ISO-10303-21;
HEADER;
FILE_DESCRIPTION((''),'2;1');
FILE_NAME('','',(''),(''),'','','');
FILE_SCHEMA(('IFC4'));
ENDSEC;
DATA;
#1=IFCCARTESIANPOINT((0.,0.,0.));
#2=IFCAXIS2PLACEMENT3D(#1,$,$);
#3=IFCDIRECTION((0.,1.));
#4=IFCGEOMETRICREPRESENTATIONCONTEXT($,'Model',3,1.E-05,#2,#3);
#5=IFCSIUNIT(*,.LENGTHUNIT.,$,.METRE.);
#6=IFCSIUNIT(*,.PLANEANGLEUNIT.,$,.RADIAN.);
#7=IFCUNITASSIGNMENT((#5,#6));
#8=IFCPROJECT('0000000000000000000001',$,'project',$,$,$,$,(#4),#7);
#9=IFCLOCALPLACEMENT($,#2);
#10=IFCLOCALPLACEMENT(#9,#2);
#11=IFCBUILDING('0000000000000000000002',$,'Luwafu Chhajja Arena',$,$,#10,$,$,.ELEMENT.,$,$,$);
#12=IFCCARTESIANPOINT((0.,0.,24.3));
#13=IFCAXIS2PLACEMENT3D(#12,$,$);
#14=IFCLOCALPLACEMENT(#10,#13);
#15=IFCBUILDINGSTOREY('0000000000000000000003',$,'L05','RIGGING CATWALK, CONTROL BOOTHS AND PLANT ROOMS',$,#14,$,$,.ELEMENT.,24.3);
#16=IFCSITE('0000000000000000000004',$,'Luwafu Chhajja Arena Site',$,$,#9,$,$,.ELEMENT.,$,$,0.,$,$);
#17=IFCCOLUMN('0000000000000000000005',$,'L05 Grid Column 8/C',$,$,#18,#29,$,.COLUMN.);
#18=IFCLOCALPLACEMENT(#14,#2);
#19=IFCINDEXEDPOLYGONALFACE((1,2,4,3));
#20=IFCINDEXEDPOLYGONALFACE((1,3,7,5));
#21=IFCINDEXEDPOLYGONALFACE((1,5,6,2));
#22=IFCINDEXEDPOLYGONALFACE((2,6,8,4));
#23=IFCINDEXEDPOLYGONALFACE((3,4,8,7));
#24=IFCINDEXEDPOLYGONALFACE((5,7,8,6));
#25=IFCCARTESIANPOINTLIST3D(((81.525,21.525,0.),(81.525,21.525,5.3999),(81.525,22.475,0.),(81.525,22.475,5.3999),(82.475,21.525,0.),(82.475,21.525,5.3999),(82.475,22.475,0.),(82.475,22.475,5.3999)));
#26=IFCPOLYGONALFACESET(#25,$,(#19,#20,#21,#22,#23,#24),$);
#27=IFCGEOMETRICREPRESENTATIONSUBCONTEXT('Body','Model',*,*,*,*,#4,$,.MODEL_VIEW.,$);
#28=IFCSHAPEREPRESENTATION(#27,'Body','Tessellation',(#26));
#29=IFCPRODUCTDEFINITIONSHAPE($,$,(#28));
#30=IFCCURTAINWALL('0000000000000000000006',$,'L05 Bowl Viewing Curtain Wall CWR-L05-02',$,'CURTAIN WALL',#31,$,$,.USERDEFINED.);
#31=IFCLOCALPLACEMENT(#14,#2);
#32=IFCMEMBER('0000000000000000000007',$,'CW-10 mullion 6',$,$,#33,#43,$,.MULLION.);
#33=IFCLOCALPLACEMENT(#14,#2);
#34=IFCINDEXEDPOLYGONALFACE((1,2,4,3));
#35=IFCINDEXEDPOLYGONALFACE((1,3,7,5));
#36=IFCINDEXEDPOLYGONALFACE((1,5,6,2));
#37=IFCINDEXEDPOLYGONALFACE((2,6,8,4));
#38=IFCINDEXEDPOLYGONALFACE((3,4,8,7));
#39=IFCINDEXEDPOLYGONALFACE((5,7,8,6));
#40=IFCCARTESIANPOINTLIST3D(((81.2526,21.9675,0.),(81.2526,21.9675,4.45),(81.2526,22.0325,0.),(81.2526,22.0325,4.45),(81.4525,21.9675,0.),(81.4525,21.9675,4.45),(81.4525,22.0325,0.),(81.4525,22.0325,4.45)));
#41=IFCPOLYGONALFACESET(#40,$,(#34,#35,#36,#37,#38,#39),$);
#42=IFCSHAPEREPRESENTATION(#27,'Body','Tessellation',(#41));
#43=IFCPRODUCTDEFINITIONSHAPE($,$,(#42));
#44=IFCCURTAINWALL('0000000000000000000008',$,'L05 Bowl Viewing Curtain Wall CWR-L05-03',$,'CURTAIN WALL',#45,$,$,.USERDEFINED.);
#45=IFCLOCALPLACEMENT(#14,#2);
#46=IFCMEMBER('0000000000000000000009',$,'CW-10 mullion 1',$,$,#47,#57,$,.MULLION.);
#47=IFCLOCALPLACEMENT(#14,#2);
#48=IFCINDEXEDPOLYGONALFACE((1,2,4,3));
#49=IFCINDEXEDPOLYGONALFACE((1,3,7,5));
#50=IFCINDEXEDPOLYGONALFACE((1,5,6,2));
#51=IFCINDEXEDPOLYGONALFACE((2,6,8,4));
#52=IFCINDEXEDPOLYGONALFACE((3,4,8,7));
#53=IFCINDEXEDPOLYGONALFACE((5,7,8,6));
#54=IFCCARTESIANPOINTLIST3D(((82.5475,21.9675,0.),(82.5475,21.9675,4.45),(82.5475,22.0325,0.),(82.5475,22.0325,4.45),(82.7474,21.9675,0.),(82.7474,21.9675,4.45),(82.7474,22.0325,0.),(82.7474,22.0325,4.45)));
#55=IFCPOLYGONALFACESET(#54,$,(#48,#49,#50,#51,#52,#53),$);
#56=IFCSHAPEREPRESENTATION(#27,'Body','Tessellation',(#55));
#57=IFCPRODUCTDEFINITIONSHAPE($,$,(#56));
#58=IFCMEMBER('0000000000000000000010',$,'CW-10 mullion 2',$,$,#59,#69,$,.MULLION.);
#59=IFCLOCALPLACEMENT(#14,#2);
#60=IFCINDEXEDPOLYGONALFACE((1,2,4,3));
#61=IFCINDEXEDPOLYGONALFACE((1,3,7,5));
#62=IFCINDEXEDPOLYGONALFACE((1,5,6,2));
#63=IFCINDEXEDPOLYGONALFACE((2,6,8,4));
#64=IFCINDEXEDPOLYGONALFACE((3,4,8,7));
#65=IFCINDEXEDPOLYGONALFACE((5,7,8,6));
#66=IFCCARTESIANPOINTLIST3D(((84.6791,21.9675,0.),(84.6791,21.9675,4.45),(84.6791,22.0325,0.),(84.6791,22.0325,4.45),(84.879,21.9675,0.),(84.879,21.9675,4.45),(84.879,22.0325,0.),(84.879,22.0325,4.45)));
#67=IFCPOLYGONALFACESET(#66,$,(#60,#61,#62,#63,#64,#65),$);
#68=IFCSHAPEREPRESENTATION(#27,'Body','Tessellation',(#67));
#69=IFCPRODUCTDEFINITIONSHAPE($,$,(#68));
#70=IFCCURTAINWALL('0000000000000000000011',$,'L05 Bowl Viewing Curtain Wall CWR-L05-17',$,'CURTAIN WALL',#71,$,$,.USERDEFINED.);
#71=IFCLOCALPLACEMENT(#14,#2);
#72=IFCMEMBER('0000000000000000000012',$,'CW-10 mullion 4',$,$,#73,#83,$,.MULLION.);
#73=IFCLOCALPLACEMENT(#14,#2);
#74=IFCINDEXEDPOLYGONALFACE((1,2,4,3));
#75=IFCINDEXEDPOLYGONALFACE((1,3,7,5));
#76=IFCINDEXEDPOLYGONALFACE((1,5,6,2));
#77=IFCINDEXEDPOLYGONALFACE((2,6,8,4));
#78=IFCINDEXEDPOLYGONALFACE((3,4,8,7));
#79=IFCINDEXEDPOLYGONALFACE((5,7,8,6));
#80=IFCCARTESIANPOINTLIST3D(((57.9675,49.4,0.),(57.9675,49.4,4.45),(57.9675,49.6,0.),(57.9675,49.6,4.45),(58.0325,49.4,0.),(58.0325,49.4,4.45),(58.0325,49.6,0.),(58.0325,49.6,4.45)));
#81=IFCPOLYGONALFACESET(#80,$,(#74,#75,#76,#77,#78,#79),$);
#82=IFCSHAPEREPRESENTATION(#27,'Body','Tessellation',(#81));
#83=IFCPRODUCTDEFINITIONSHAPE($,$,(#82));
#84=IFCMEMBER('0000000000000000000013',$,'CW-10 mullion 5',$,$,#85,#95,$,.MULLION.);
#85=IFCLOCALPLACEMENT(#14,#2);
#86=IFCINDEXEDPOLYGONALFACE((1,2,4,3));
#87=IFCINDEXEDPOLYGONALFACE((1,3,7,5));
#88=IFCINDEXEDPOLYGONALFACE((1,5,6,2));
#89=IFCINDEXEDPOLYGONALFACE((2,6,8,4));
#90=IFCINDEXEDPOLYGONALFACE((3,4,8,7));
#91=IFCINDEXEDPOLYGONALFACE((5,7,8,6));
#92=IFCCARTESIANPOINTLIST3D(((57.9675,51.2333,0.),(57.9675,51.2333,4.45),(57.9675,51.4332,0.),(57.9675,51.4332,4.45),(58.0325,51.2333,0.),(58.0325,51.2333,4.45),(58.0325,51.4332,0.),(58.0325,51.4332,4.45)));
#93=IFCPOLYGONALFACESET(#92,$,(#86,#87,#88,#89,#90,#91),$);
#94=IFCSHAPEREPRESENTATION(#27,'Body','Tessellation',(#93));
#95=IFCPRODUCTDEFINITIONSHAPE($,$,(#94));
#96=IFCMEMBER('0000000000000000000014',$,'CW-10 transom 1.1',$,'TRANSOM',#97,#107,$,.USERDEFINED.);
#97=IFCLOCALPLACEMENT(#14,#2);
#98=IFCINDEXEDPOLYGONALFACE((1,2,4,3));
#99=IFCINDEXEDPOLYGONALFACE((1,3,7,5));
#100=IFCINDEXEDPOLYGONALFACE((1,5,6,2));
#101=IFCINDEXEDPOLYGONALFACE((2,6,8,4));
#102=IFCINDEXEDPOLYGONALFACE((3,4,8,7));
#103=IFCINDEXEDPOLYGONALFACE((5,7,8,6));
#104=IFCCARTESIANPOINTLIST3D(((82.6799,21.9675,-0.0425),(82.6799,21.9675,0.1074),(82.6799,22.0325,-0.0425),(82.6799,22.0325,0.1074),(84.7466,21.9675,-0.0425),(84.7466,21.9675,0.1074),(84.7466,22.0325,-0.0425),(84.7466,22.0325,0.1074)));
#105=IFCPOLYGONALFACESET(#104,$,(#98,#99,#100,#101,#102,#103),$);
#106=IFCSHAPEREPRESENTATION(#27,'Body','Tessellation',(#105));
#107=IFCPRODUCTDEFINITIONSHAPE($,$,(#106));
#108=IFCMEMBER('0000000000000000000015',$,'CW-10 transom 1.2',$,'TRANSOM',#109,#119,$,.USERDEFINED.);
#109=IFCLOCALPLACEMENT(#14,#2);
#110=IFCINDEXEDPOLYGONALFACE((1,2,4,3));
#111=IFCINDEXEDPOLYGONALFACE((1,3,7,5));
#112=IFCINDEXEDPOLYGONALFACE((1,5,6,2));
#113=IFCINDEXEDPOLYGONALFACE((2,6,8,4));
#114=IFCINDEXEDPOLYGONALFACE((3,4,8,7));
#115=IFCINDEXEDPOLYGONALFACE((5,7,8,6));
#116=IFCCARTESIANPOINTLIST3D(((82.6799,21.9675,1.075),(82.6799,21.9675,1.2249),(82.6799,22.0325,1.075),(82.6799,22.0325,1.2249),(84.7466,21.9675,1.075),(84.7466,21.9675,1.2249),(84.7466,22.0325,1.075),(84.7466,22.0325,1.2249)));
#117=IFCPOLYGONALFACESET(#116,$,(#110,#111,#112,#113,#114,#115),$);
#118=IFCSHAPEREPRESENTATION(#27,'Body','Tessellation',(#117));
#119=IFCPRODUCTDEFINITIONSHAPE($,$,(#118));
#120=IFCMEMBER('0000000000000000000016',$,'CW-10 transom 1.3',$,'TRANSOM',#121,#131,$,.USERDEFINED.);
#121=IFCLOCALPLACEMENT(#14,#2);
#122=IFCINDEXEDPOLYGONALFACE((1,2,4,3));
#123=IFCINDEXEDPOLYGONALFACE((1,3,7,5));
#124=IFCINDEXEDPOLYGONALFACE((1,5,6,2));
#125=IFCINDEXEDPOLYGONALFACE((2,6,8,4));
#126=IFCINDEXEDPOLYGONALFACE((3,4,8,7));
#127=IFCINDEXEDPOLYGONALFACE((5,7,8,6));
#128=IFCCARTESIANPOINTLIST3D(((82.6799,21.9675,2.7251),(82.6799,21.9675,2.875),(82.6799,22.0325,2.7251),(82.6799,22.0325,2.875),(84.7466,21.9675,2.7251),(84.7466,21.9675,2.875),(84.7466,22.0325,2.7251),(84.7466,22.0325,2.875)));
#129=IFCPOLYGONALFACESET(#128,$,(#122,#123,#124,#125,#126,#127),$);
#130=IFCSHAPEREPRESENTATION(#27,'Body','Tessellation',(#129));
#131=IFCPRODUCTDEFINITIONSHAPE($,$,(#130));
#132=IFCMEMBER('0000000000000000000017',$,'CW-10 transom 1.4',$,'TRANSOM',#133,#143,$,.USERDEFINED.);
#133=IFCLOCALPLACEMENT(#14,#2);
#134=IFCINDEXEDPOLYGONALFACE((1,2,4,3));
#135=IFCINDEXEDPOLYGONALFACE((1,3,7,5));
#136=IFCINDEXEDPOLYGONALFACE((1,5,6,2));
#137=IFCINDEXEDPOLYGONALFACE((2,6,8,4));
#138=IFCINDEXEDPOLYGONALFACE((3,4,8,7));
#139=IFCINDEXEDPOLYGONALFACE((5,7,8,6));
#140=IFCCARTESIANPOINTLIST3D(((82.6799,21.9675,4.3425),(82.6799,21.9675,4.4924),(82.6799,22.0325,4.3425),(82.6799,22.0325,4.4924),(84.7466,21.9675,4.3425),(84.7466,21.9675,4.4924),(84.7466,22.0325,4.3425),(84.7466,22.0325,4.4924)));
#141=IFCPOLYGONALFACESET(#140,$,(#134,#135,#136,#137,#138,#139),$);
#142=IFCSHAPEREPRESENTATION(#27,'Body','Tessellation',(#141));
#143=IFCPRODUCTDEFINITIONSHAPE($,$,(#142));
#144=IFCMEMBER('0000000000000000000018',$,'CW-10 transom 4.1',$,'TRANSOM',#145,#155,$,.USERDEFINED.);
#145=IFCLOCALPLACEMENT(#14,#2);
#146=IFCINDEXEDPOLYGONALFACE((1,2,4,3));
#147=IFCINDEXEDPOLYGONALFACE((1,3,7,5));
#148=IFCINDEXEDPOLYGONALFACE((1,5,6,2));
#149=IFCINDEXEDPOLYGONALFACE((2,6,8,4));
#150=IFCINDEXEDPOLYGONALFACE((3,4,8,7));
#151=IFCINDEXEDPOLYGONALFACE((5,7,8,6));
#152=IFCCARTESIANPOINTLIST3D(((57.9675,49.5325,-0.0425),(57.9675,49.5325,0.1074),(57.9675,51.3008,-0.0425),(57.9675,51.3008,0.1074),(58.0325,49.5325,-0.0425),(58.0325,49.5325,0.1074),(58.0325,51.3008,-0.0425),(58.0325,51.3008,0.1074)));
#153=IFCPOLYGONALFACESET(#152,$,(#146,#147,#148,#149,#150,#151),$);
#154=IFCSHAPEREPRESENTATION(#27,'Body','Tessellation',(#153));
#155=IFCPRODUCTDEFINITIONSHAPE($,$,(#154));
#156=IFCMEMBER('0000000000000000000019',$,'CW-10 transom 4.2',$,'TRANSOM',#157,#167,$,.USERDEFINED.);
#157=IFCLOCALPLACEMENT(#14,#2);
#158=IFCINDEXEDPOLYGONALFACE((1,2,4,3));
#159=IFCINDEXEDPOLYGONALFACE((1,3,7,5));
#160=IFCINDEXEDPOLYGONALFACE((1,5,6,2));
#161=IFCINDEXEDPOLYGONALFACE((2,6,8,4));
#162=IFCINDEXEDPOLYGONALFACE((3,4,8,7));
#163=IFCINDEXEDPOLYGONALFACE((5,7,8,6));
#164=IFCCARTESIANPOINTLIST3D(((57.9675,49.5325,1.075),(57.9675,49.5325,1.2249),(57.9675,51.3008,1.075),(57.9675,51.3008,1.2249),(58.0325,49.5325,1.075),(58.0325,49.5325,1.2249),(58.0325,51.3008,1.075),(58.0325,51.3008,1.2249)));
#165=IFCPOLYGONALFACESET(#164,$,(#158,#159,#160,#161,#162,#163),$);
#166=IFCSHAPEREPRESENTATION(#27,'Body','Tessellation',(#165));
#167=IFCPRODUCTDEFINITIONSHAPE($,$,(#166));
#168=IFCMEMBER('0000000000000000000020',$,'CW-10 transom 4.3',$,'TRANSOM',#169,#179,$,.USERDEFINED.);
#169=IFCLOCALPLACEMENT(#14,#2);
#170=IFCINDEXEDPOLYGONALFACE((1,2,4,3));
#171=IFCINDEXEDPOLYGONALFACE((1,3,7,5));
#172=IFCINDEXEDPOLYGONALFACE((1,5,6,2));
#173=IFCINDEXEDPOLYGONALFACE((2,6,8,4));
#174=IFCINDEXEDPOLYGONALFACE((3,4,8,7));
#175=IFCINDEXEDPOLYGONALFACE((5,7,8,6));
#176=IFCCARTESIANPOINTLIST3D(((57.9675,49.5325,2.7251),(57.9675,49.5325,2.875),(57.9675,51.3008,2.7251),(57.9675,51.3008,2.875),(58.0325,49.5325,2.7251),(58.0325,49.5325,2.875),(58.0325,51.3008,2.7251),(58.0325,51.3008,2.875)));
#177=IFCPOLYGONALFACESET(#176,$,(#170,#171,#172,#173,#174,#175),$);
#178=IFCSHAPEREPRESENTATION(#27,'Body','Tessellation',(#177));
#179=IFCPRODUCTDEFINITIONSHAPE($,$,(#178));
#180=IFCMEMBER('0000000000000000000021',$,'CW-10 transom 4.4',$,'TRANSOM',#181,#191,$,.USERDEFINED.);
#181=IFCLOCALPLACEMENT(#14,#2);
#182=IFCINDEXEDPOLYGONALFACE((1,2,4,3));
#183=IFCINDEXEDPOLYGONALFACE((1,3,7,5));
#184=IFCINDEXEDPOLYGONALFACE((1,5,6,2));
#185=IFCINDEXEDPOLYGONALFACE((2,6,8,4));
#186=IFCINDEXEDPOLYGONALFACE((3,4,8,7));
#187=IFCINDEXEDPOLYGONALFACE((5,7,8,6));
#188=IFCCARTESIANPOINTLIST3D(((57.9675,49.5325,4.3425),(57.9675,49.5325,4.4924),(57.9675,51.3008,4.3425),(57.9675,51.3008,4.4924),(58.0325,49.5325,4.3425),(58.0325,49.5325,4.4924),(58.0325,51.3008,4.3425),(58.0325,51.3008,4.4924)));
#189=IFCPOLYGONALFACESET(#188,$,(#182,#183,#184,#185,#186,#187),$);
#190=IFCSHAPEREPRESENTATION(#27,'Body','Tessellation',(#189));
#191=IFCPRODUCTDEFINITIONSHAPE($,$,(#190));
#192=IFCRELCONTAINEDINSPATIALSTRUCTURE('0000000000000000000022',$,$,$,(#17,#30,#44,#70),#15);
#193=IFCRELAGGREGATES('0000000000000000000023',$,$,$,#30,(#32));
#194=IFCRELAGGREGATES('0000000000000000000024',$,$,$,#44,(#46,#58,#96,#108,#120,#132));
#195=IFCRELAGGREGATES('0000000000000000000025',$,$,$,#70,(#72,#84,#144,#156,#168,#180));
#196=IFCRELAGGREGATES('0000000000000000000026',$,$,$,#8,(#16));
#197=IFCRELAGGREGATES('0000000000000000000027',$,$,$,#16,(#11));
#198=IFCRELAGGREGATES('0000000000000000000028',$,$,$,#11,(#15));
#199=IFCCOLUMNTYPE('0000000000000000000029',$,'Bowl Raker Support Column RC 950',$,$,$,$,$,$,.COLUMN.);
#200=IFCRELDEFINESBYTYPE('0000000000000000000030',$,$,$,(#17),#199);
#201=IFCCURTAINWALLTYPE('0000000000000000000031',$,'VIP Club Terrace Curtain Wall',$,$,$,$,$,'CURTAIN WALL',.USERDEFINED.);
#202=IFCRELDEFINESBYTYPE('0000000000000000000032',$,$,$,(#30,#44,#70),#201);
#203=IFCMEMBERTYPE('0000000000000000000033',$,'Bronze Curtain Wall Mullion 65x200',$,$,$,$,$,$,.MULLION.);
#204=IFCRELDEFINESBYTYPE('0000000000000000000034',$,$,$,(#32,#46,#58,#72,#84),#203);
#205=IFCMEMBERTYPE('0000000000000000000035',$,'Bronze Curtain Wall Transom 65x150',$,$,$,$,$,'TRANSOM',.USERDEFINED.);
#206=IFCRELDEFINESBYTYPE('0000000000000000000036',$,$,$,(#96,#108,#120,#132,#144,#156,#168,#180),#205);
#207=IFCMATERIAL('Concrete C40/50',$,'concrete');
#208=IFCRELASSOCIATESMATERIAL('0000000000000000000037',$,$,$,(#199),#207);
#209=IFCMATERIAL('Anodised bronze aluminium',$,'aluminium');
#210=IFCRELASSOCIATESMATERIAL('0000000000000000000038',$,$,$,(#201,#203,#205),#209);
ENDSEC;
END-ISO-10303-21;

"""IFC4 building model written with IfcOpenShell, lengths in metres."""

from ifc_helpers import new_model, si_unit, direction, frame, origin, origin_2d, place, context, subcontext, project, spatial, rectangle, extrude, material, material_profile, profile_set, type_object, element, aggregate, save


model = new_model("IFC4")

# Units and contexts
model_context = context("Model", 3, precision=1e-05, world=origin(), true_north=direction((0.0, 1.0)))
body_context = subcontext(model_context, "Body", "Model", "MODEL_VIEW")
ifc_project = project(units=[si_unit("LENGTHUNIT", "METRE"), si_unit("PLANEANGLEUNIT", "RADIAN")], contexts=[model_context])

# Site, building, storey
site_placement = place(None, origin())
site = spatial("IfcSite", under=ifc_project, at=site_placement, Name="Luwafu Chhajja Arena Site", CompositionType="ELEMENT", RefElevation=0.0)
building_placement = place(site_placement, origin())
building = spatial("IfcBuilding", under=site, at=building_placement, Name="Luwafu Chhajja Arena", CompositionType="ELEMENT")
storey_placement = place(building_placement, frame((0.0, 0.0, 24.3)))
storey = spatial("IfcBuildingStorey", under=building, at=storey_placement, Name="L05", Description="RIGGING CATWALK, CONTROL BOOTHS AND PLANT ROOMS", CompositionType="ELEMENT", Elevation=24.3)

# Column
ifc_material_1 = material(Name="Concrete C40/50", Category="concrete")
ifc_material_profile_1 = material_profile(ifc_material_1, rectangle(XDim=0.95, YDim=0.95, at=origin_2d()), Name="RC 950x950")
ifc_profile_set_1 = profile_set([ifc_material_profile_1], Name="Concrete C40/50")
column_type = type_object("IfcColumnType", Name="Bowl Raker Support Column RC 950", PredefinedType="COLUMN", material=ifc_profile_set_1)
column_placement = place(storey_placement, frame((82.0, 22.0, 0.0), z_axis=(0.0, 0.0, 1.0), x_axis=(1.0, 0.0, 0.0)))
element("IfcColumn", 1, at=column_placement, inside=storey, type_object=column_type, Name="L05 Grid Column 8/C", PredefinedType="COLUMN", context=body_context, shape_type="SweptSolid", body=[
    extrude(rectangle(XDim=0.95, YDim=0.95, at=origin_2d()), origin(), (0.0, 0.0, 1.0), 5.3999),
])

# Curtain wall, member
ifc_material_2 = material(Name="Anodised bronze aluminium", Category="aluminium")
curtain_wall_type = type_object("IfcCurtainWallType", Name="VIP Club Terrace Curtain Wall", ElementType="CURTAIN WALL", PredefinedType="USERDEFINED", material=ifc_material_2)
curtain_wall_1_placement = place(storey_placement, origin())
curtain_wall_1 = element("IfcCurtainWall", 2, at=curtain_wall_1_placement, inside=storey, type_object=curtain_wall_type, Name="L05 Bowl Viewing Curtain Wall CWR-L05-02", ObjectType="CURTAIN WALL", PredefinedType="USERDEFINED")
ifc_material_profile_2 = material_profile(ifc_material_2, rectangle(XDim=0.0649, YDim=0.2, at=origin_2d()), Name="CWM 65x200")
ifc_profile_set_2 = profile_set([ifc_material_profile_2], Name="Anodised bronze aluminium")
member_type_1 = type_object("IfcMemberType", Name="Bronze Curtain Wall Mullion 65x200", PredefinedType="MULLION", material=ifc_profile_set_2)
member_1_placement = place(storey_placement, frame((81.3525, 22.0, 0.0), z_axis=(0.0, 0.0, 1.0), x_axis=(0.0, 1.0, 0.0)))
member_1 = element("IfcMember", 3, at=member_1_placement, type_object=member_type_1, Name="CW-10 mullion 6", PredefinedType="MULLION", context=body_context, shape_type="SweptSolid", body=[
    extrude(rectangle(XDim=0.0649, YDim=0.2, at=origin_2d()), origin(), (0.0, 0.0, 1.0), 4.45),
])
aggregate(curtain_wall_1, [member_1])

# Curtain walls, members
curtain_wall_2_placement = place(storey_placement, origin())
curtain_wall_2 = element("IfcCurtainWall", 4, at=curtain_wall_2_placement, inside=storey, type_object=curtain_wall_type, Name="L05 Bowl Viewing Curtain Wall CWR-L05-03", ObjectType="CURTAIN WALL", PredefinedType="USERDEFINED")
member_2_placement = place(storey_placement, frame((82.6475, 22.0, 0.0), z_axis=(0.0, 0.0, 1.0), x_axis=(0.0, 1.0, 0.0)))
member_2 = element("IfcMember", 5, at=member_2_placement, type_object=member_type_1, Name="CW-10 mullion 1", PredefinedType="MULLION", context=body_context, shape_type="SweptSolid", body=[
    extrude(rectangle(XDim=0.0649, YDim=0.2, at=origin_2d()), origin(), (0.0, 0.0, 1.0), 4.45),
])
member_3_placement = place(storey_placement, frame((84.7791, 22.0, 0.0), z_axis=(0.0, 0.0, 1.0), x_axis=(0.0, 1.0, 0.0)))
member_3 = element("IfcMember", 6, at=member_3_placement, type_object=member_type_1, Name="CW-10 mullion 2", PredefinedType="MULLION", context=body_context, shape_type="SweptSolid", body=[
    extrude(rectangle(XDim=0.0649, YDim=0.2, at=origin_2d()), origin(), (0.0, 0.0, 1.0), 4.45),
])
curtain_wall_3_placement = place(storey_placement, origin())
curtain_wall_3 = element("IfcCurtainWall", 7, at=curtain_wall_3_placement, inside=storey, type_object=curtain_wall_type, Name="L05 Bowl Viewing Curtain Wall CWR-L05-17", ObjectType="CURTAIN WALL", PredefinedType="USERDEFINED")
member_4_placement = place(storey_placement, frame((58.0, 49.5, 0.0), z_axis=(0.0, 0.0, 1.0), x_axis=(-1.0, 0.0, 0.0)))
member_4 = element("IfcMember", 8, at=member_4_placement, type_object=member_type_1, Name="CW-10 mullion 4", PredefinedType="MULLION", context=body_context, shape_type="SweptSolid", body=[
    extrude(rectangle(XDim=0.0649, YDim=0.2, at=origin_2d()), origin(), (0.0, 0.0, 1.0), 4.45),
])
member_5_placement = place(storey_placement, frame((58.0, 51.3333, 0.0), z_axis=(0.0, 0.0, 1.0), x_axis=(-1.0, 0.0, 0.0)))
member_5 = element("IfcMember", 9, at=member_5_placement, type_object=member_type_1, Name="CW-10 mullion 5", PredefinedType="MULLION", context=body_context, shape_type="SweptSolid", body=[
    extrude(rectangle(XDim=0.0649, YDim=0.2, at=origin_2d()), origin(), (0.0, 0.0, 1.0), 4.45),
])

# Members
ifc_material_profile_3 = material_profile(ifc_material_2, rectangle(XDim=0.0649, YDim=0.1499, at=origin_2d()), Name="CWT 65x150")
ifc_profile_set_3 = profile_set([ifc_material_profile_3], Name="Anodised bronze aluminium")
member_type_2 = type_object("IfcMemberType", Name="Bronze Curtain Wall Transom 65x150", ElementType="TRANSOM", PredefinedType="USERDEFINED", material=ifc_profile_set_3)
member_6_placement = place(storey_placement, frame((82.6799, 22.0, 0.0325), z_axis=(1.0, 0.0, 0.0), x_axis=(0.0, 1.0, 0.0)))
member_6 = element("IfcMember", 10, at=member_6_placement, type_object=member_type_2, Name="CW-10 transom 1.1", ObjectType="TRANSOM", PredefinedType="USERDEFINED", context=body_context, shape_type="SweptSolid", body=[
    extrude(rectangle(XDim=0.0649, YDim=0.1499, at=origin_2d()), origin(), (0.0, 0.0, 1.0), 2.0667),
])
member_7_placement = place(storey_placement, frame((82.6799, 22.0, 1.1499), z_axis=(1.0, 0.0, 0.0), x_axis=(0.0, 1.0, 0.0)))
member_7 = element("IfcMember", 11, at=member_7_placement, type_object=member_type_2, Name="CW-10 transom 1.2", ObjectType="TRANSOM", PredefinedType="USERDEFINED", context=body_context, shape_type="SweptSolid", body=[
    extrude(rectangle(XDim=0.0649, YDim=0.1499, at=origin_2d()), origin(), (0.0, 0.0, 1.0), 2.0667),
])
member_8_placement = place(storey_placement, frame((82.6799, 22.0, 2.8), z_axis=(1.0, 0.0, 0.0), x_axis=(0.0, 1.0, 0.0)))
member_8 = element("IfcMember", 12, at=member_8_placement, type_object=member_type_2, Name="CW-10 transom 1.3", ObjectType="TRANSOM", PredefinedType="USERDEFINED", context=body_context, shape_type="SweptSolid", body=[
    extrude(rectangle(XDim=0.0649, YDim=0.1499, at=origin_2d()), origin(), (0.0, 0.0, 1.0), 2.0667),
])
member_9_placement = place(storey_placement, frame((82.6799, 22.0, 4.4175), z_axis=(1.0, 0.0, 0.0), x_axis=(0.0, 1.0, 0.0)))
member_9 = element("IfcMember", 13, at=member_9_placement, type_object=member_type_2, Name="CW-10 transom 1.4", ObjectType="TRANSOM", PredefinedType="USERDEFINED", context=body_context, shape_type="SweptSolid", body=[
    extrude(rectangle(XDim=0.0649, YDim=0.1499, at=origin_2d()), origin(), (0.0, 0.0, 1.0), 2.0667),
])
member_10_placement = place(storey_placement, frame((58.0, 49.5325, 0.0325), z_axis=(0.0, 1.0, 0.0), x_axis=(-1.0, 0.0, 0.0)))
member_10 = element("IfcMember", 14, at=member_10_placement, type_object=member_type_2, Name="CW-10 transom 4.1", ObjectType="TRANSOM", PredefinedType="USERDEFINED", context=body_context, shape_type="SweptSolid", body=[
    extrude(rectangle(XDim=0.0649, YDim=0.1499, at=origin_2d()), origin(), (0.0, 0.0, 1.0), 1.7683),
])
member_11_placement = place(storey_placement, frame((58.0, 49.5325, 1.1499), z_axis=(0.0, 1.0, 0.0), x_axis=(-1.0, 0.0, 0.0)))
member_11 = element("IfcMember", 15, at=member_11_placement, type_object=member_type_2, Name="CW-10 transom 4.2", ObjectType="TRANSOM", PredefinedType="USERDEFINED", context=body_context, shape_type="SweptSolid", body=[
    extrude(rectangle(XDim=0.0649, YDim=0.1499, at=origin_2d()), origin(), (0.0, 0.0, 1.0), 1.7683),
])
member_12_placement = place(storey_placement, frame((58.0, 49.5325, 2.8), z_axis=(0.0, 1.0, 0.0), x_axis=(-1.0, 0.0, 0.0)))
member_12 = element("IfcMember", 16, at=member_12_placement, type_object=member_type_2, Name="CW-10 transom 4.3", ObjectType="TRANSOM", PredefinedType="USERDEFINED", context=body_context, shape_type="SweptSolid", body=[
    extrude(rectangle(XDim=0.0649, YDim=0.1499, at=origin_2d()), origin(), (0.0, 0.0, 1.0), 1.7683),
])
member_13_placement = place(storey_placement, frame((58.0, 49.5325, 4.4175), z_axis=(0.0, 1.0, 0.0), x_axis=(-1.0, 0.0, 0.0)))
member_13 = element("IfcMember", 17, at=member_13_placement, type_object=member_type_2, Name="CW-10 transom 4.4", ObjectType="TRANSOM", PredefinedType="USERDEFINED", context=body_context, shape_type="SweptSolid", body=[
    extrude(rectangle(XDim=0.0649, YDim=0.1499, at=origin_2d()), origin(), (0.0, 0.0, 1.0), 1.7683),
])

aggregate(curtain_wall_2, [member_2, member_3, member_6, member_7, member_8, member_9])
aggregate(curtain_wall_3, [member_4, member_5, member_10, member_11, member_12, member_13])

save(model, "model.ifc")
